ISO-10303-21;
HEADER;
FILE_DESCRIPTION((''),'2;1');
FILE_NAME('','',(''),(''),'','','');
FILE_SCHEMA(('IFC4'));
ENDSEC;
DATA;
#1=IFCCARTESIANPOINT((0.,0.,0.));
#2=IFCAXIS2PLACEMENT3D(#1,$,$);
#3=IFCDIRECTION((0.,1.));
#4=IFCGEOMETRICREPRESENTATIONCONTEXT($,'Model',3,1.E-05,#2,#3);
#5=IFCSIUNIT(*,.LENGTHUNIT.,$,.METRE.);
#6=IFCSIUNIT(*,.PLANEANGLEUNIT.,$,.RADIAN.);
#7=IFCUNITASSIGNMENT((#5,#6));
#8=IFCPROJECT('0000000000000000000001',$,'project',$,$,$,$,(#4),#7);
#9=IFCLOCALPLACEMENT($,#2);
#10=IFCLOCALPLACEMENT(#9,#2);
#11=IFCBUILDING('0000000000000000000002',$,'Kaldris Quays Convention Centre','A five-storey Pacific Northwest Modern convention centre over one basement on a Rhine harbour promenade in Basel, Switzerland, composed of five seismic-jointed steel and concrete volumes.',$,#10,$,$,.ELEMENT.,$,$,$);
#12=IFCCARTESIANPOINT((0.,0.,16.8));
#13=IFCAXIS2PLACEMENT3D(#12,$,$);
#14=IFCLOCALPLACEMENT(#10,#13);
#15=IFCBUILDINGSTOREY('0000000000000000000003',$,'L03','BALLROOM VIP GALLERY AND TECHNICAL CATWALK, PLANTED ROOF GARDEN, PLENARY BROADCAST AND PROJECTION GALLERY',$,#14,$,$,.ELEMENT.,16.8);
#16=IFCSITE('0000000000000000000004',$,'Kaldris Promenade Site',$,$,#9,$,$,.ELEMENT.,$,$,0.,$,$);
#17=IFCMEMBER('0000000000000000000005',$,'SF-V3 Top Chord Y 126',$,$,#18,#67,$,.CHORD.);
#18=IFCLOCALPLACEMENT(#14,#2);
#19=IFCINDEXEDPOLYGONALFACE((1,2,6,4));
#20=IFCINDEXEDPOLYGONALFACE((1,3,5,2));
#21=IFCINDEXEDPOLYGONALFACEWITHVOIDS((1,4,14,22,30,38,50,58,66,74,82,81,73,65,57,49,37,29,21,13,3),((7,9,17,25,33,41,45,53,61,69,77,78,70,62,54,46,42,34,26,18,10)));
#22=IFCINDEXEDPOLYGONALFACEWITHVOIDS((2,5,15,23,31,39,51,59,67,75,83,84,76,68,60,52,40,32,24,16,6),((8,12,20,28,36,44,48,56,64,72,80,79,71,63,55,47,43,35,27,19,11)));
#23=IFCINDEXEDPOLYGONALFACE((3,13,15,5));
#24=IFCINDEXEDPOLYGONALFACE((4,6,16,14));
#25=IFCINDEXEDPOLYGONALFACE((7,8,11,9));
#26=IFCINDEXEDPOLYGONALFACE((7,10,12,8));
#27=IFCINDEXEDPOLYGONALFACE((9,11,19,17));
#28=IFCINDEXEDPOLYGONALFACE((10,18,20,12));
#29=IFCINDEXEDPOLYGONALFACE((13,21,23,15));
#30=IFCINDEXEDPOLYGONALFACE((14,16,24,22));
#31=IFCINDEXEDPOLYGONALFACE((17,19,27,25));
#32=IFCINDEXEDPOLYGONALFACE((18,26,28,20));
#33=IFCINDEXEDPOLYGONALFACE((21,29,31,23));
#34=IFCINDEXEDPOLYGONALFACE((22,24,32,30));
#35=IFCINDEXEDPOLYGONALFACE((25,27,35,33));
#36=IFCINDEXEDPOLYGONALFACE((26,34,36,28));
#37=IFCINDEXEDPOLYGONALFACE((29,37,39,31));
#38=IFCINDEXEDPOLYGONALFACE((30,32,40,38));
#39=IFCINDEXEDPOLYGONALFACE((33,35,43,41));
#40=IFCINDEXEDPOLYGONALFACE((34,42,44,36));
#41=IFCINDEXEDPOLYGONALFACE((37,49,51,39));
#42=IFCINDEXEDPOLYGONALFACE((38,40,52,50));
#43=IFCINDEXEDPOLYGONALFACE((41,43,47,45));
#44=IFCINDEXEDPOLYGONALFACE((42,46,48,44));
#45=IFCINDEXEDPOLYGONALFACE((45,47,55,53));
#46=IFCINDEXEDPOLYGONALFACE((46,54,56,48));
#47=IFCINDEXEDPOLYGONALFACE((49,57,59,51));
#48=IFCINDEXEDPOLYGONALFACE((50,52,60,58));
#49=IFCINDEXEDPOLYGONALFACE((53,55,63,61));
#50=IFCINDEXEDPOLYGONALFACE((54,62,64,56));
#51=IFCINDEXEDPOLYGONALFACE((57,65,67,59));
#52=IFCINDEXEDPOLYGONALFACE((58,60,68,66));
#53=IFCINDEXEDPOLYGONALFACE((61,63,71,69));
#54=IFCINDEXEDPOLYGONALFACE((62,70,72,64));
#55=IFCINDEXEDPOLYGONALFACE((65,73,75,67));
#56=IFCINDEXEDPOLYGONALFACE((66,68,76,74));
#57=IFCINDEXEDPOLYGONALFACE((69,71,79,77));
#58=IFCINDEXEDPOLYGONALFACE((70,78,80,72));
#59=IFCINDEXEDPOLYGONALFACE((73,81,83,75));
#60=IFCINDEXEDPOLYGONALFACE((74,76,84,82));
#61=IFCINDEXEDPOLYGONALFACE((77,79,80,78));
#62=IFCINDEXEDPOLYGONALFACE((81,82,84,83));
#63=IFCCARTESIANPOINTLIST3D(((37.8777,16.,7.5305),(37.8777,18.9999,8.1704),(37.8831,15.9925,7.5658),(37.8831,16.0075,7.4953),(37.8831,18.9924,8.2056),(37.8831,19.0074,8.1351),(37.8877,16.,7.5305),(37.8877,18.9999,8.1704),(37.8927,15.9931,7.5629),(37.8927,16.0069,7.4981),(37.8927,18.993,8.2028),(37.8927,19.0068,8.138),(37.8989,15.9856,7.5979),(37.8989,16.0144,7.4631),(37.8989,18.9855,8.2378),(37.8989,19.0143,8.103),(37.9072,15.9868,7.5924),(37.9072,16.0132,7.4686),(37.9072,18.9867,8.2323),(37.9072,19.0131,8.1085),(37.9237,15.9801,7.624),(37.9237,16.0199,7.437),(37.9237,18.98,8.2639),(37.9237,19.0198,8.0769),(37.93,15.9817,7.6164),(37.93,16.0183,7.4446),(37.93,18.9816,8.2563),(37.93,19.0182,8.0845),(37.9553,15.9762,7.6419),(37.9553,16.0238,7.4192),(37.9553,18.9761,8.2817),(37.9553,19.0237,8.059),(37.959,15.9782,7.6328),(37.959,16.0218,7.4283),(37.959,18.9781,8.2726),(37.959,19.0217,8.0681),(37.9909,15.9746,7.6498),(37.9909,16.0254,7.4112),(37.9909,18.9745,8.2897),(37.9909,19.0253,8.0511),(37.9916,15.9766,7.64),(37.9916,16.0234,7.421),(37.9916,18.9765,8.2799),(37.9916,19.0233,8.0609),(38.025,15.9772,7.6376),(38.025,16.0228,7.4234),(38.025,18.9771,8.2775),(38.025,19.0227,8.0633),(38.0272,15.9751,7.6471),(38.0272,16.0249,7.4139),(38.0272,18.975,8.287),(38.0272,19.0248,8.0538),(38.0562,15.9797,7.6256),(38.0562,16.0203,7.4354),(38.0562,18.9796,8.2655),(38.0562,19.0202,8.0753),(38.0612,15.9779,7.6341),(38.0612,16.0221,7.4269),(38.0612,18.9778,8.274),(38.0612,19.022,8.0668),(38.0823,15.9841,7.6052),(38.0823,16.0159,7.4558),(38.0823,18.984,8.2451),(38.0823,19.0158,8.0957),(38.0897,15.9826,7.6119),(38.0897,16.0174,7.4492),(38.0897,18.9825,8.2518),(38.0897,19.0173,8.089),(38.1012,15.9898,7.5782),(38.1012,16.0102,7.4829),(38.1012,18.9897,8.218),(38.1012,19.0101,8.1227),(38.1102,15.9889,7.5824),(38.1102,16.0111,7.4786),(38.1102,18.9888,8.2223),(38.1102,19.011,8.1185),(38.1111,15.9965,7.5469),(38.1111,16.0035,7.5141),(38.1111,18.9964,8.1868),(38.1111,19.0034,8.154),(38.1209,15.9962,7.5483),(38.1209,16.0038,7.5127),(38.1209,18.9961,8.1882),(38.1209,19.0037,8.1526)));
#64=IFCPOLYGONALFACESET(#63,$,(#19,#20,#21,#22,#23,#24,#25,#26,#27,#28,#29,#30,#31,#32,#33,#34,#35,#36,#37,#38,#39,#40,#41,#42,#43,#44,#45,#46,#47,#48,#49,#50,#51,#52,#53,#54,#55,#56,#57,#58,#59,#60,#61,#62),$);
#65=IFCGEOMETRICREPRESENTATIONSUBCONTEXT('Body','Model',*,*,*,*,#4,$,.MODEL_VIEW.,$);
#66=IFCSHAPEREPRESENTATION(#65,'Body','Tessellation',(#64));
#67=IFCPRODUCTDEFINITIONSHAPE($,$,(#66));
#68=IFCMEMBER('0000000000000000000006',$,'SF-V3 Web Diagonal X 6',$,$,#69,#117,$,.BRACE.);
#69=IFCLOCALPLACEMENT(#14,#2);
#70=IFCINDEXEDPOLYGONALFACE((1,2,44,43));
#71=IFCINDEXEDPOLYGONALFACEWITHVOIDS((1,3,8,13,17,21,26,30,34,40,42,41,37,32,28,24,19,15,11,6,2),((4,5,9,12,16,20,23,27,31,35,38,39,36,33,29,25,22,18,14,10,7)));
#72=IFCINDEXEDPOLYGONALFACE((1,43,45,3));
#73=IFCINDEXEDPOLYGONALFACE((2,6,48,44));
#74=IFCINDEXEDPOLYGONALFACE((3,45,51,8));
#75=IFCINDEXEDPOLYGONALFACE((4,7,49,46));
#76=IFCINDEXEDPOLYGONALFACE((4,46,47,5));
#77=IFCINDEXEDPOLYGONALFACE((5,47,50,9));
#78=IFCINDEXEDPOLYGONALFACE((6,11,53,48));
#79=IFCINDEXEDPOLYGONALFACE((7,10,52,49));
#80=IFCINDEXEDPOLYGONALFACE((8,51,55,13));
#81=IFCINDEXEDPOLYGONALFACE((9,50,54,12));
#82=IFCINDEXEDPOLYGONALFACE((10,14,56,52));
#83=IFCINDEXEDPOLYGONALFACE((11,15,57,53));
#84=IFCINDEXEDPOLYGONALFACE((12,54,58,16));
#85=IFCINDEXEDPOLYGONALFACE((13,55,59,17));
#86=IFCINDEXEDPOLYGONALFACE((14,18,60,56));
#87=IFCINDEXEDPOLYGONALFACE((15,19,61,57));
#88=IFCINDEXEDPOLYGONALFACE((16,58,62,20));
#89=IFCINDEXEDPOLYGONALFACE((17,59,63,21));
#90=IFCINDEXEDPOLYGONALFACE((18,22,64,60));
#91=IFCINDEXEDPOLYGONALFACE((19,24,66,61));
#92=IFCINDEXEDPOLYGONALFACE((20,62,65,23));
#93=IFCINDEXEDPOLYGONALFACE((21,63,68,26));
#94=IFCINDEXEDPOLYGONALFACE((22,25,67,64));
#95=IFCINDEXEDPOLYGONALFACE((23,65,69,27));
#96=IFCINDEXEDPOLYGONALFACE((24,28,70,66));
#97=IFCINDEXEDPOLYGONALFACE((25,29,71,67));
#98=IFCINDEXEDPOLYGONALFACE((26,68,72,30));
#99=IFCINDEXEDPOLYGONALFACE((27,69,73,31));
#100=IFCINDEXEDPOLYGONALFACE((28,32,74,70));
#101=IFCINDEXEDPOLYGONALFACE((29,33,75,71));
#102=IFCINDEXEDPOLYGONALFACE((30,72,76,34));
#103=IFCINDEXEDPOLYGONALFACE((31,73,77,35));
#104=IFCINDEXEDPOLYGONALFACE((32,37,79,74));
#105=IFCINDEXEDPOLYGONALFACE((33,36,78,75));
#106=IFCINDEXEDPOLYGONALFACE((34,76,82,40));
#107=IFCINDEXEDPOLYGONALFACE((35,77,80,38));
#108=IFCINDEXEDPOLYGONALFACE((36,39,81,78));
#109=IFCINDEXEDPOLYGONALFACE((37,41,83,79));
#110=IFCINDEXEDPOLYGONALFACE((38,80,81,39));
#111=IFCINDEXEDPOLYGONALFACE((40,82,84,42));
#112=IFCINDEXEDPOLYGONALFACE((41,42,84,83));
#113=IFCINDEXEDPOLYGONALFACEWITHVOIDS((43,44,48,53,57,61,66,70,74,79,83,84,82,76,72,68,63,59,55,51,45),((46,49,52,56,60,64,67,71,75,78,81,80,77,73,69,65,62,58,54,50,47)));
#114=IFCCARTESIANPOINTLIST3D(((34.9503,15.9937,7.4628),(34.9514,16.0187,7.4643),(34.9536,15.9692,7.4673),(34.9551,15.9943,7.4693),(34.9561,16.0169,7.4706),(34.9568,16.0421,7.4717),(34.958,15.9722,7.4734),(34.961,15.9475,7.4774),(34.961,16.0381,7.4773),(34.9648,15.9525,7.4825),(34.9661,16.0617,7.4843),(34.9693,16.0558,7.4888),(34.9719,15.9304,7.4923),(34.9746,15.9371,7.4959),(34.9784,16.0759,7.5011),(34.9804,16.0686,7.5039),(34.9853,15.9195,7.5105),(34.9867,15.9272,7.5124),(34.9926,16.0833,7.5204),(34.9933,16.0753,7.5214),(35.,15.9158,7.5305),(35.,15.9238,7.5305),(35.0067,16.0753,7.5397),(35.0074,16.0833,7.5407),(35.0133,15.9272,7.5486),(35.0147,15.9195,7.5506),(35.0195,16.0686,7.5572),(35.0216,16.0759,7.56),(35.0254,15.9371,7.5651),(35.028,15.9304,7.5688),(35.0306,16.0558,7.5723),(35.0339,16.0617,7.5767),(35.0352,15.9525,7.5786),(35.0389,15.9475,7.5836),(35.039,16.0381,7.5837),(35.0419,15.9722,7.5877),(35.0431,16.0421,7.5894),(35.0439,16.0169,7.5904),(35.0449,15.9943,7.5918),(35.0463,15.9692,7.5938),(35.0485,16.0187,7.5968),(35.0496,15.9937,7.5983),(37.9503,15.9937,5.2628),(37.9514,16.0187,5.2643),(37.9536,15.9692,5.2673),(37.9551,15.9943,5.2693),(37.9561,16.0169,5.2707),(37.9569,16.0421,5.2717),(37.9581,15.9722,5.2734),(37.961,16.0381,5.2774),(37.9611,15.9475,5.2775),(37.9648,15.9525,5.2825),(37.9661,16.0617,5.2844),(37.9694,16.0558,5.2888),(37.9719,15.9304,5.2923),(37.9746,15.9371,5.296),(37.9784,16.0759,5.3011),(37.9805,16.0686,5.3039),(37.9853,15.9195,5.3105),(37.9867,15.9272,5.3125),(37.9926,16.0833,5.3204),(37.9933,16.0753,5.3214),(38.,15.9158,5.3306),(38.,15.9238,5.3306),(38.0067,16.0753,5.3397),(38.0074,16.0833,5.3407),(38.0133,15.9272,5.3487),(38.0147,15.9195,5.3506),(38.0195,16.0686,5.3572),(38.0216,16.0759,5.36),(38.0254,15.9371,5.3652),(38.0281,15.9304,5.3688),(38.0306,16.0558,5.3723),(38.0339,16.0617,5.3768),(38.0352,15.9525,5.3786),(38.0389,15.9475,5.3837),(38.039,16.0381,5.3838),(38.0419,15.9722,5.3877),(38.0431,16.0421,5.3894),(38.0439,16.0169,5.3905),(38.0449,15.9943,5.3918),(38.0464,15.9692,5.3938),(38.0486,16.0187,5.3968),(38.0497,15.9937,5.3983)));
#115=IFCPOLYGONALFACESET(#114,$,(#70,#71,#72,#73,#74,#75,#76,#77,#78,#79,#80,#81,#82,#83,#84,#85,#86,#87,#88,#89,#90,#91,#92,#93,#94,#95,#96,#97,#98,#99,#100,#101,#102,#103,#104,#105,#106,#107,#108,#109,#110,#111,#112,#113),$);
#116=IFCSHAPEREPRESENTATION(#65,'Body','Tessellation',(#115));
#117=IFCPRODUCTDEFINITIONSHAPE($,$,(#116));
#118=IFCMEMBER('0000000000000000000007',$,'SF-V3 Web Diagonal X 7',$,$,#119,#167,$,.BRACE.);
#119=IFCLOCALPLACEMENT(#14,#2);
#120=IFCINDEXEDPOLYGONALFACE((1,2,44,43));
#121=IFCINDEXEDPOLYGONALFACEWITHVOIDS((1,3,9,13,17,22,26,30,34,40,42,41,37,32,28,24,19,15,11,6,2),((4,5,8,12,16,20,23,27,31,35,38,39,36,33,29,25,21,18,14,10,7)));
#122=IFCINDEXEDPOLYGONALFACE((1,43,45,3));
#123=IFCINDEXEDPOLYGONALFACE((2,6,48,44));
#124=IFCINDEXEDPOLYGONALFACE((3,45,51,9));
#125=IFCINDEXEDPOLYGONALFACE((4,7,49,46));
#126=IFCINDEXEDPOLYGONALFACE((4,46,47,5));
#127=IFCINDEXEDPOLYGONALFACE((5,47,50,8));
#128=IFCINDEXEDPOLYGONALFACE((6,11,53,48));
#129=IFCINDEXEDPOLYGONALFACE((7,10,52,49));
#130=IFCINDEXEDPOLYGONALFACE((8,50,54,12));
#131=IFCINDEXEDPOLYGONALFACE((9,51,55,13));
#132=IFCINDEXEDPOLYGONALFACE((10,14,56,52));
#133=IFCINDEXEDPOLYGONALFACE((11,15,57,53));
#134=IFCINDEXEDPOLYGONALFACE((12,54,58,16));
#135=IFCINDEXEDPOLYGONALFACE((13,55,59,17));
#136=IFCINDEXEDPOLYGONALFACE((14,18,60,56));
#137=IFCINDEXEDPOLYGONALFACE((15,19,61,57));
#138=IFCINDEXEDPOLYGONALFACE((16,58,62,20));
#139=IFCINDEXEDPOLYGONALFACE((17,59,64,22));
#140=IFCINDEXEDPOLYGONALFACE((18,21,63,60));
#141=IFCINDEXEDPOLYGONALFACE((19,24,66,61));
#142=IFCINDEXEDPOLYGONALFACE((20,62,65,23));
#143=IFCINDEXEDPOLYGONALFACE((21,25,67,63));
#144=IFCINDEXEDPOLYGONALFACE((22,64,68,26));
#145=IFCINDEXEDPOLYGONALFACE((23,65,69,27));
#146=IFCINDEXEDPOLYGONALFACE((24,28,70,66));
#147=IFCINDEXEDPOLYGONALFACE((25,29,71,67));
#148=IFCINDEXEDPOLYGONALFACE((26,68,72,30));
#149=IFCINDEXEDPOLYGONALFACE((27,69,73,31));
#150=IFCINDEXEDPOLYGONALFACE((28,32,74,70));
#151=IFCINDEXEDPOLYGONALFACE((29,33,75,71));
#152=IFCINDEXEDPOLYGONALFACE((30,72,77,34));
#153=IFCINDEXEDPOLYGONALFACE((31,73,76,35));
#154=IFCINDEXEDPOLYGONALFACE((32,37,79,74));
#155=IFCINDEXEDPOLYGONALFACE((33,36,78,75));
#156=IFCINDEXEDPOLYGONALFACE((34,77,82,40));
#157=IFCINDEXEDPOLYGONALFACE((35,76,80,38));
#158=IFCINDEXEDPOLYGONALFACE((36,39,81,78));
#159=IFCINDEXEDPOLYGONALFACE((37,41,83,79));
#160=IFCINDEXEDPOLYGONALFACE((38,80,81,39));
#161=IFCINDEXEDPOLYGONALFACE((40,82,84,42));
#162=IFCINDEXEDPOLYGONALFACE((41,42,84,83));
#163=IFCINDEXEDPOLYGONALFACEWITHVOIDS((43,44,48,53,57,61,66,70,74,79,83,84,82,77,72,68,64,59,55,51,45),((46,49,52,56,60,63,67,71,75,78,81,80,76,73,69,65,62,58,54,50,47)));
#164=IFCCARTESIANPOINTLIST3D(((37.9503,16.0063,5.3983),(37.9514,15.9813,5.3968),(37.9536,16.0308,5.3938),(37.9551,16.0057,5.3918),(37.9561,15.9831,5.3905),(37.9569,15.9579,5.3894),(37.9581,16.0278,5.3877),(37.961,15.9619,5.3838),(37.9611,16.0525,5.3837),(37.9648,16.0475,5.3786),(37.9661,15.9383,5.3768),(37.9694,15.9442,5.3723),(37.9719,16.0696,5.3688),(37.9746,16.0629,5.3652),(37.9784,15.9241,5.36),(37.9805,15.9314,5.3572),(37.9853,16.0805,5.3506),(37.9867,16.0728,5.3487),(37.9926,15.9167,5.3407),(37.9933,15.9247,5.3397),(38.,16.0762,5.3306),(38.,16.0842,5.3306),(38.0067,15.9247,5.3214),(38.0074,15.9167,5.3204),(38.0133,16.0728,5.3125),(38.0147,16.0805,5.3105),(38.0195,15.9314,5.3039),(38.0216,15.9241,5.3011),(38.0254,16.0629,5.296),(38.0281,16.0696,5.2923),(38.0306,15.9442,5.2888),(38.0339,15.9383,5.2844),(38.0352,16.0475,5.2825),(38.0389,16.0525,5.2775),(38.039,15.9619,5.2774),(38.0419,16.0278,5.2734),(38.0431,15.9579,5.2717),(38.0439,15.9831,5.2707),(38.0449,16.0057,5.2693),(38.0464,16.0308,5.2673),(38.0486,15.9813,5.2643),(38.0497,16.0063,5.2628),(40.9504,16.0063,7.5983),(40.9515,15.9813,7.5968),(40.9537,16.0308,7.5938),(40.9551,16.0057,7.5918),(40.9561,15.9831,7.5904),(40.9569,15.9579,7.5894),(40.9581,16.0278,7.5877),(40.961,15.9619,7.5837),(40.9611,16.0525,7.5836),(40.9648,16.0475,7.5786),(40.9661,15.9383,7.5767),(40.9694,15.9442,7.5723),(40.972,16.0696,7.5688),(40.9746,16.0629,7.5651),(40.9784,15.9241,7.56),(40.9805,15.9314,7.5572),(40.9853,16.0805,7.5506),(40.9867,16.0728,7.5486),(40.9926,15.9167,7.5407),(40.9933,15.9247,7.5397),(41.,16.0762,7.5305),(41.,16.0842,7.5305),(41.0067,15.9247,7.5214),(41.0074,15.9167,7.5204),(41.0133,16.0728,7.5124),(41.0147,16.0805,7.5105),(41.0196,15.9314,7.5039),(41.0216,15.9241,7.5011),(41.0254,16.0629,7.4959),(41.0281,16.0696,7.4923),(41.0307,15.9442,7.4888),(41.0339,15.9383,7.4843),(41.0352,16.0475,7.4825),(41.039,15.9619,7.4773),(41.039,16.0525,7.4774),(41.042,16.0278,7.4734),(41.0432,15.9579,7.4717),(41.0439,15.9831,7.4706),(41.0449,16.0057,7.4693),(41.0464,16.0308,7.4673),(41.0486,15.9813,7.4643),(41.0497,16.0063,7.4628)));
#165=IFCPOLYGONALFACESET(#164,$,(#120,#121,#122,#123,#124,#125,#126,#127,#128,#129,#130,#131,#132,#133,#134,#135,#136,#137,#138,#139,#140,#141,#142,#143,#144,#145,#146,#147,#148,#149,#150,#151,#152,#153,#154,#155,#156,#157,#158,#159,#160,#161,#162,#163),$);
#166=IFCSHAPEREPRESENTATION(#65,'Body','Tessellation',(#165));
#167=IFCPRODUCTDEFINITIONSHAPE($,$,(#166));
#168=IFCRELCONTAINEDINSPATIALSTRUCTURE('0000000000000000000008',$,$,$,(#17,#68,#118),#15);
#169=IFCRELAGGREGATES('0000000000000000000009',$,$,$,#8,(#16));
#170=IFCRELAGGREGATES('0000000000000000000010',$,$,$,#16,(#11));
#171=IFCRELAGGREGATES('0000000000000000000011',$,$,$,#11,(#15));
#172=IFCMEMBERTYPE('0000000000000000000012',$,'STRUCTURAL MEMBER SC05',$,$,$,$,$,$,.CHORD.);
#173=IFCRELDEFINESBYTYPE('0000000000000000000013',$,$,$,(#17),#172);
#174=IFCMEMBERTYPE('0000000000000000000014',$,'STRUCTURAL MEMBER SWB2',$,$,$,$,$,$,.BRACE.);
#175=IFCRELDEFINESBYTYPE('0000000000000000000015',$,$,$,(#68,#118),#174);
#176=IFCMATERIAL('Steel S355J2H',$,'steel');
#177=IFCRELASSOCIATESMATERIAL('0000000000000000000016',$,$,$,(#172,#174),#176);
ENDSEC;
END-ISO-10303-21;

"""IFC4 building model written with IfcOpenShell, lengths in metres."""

from ifc_helpers import new_model, si_unit, direction, frame, origin, origin_2d, place, context, subcontext, project, spatial, hollow_circle, extrude, material, material_profile, profile_set, type_object, element, save


model = new_model("IFC4")

# Units and contexts
model_context = context("Model", 3, precision=1e-05, world=origin(), true_north=direction((0.0, 1.0)))
body_context = subcontext(model_context, "Body", "Model", "MODEL_VIEW")
ifc_project = project(units=[si_unit("LENGTHUNIT", "METRE"), si_unit("PLANEANGLEUNIT", "RADIAN")], contexts=[model_context])

# Site, building, storey
site_placement = place(None, origin())
site = spatial("IfcSite", under=ifc_project, at=site_placement, Name="Kaldris Promenade Site", CompositionType="ELEMENT", RefElevation=0.0)
building_placement = place(site_placement, origin())
building = spatial("IfcBuilding", under=site, at=building_placement, Name="Kaldris Quays Convention Centre", Description="A five-storey Pacific Northwest Modern convention centre over one basement on a Rhine harbour promenade in Basel, Switzerland, composed of five seismic-jointed steel and concrete volumes.", CompositionType="ELEMENT")
storey_placement = place(building_placement, frame((0.0, 0.0, 16.8)))
storey = spatial("IfcBuildingStorey", under=building, at=storey_placement, Name="L03", Description="BALLROOM VIP GALLERY AND TECHNICAL CATWALK, PLANTED ROOF GARDEN, PLENARY BROADCAST AND PROJECTION GALLERY", CompositionType="ELEMENT", Elevation=16.8)

# Members
ifc_material_1 = material(Name="Steel S355J2H", Category="steel")
ifc_material_profile_1 = material_profile(ifc_material_1, hollow_circle(Radius=0.1223, WallThickness=0.01, at=origin_2d()), Name="CHS 244.5x10")
ifc_profile_set_1 = profile_set([ifc_material_profile_1], Name="Steel S355J2H")
member_type_1 = type_object("IfcMemberType", Name="STRUCTURAL MEMBER SC05", PredefinedType="CHORD", material=ifc_profile_set_1)
member_1_placement = place(storey_placement, frame((38.0, 16.0, 7.5305), z_axis=(0.0, 0.978, 0.208605), x_axis=(-1.0, 0.0, 0.0)))
element("IfcMember", 1, at=member_1_placement, inside=storey, type_object=member_type_1, Name="SF-V3 Top Chord Y 126", PredefinedType="CHORD", context=body_context, shape_type="SweptSolid", body=[
    extrude(hollow_circle(Radius=0.1223, WallThickness=0.01, at=origin_2d()), origin(), (0.0, 0.0, 1.0), 3.0674),
])
ifc_material_profile_2 = material_profile(ifc_material_1, hollow_circle(Radius=0.0842, WallThickness=0.0081, at=origin_2d()), Name="CHS 168.3x8")
ifc_profile_set_2 = profile_set([ifc_material_profile_2], Name="Steel S355J2H")
member_type_2 = type_object("IfcMemberType", Name="STRUCTURAL MEMBER SWB2", PredefinedType="BRACE", material=ifc_profile_set_2)
for number, where, z_axis, x_axis, name in (
    (2, (38.0, 16.0, 5.3306), (-0.806411, 0.0, 0.591355), (0.0, -1.0, 0.0), "SF-V3 Web Diagonal X 6"),
    (3, (38.0, 16.0, 5.3306), (0.806411, 0.0, 0.591355), (0.0, 1.0, 0.0), "SF-V3 Web Diagonal X 7"),
):
    element("IfcMember", number, at=place(storey_placement, frame(where, z_axis=z_axis, x_axis=x_axis)), inside=storey, type_object=member_type_2, Name=name, PredefinedType="BRACE", context=body_context, shape_type="SweptSolid", body=[
        extrude(hollow_circle(Radius=0.0842, WallThickness=0.0081, at=origin_2d()), origin(), (0.0, 0.0, 1.0), 3.7202),
    ])

save(model, "model.ifc")
